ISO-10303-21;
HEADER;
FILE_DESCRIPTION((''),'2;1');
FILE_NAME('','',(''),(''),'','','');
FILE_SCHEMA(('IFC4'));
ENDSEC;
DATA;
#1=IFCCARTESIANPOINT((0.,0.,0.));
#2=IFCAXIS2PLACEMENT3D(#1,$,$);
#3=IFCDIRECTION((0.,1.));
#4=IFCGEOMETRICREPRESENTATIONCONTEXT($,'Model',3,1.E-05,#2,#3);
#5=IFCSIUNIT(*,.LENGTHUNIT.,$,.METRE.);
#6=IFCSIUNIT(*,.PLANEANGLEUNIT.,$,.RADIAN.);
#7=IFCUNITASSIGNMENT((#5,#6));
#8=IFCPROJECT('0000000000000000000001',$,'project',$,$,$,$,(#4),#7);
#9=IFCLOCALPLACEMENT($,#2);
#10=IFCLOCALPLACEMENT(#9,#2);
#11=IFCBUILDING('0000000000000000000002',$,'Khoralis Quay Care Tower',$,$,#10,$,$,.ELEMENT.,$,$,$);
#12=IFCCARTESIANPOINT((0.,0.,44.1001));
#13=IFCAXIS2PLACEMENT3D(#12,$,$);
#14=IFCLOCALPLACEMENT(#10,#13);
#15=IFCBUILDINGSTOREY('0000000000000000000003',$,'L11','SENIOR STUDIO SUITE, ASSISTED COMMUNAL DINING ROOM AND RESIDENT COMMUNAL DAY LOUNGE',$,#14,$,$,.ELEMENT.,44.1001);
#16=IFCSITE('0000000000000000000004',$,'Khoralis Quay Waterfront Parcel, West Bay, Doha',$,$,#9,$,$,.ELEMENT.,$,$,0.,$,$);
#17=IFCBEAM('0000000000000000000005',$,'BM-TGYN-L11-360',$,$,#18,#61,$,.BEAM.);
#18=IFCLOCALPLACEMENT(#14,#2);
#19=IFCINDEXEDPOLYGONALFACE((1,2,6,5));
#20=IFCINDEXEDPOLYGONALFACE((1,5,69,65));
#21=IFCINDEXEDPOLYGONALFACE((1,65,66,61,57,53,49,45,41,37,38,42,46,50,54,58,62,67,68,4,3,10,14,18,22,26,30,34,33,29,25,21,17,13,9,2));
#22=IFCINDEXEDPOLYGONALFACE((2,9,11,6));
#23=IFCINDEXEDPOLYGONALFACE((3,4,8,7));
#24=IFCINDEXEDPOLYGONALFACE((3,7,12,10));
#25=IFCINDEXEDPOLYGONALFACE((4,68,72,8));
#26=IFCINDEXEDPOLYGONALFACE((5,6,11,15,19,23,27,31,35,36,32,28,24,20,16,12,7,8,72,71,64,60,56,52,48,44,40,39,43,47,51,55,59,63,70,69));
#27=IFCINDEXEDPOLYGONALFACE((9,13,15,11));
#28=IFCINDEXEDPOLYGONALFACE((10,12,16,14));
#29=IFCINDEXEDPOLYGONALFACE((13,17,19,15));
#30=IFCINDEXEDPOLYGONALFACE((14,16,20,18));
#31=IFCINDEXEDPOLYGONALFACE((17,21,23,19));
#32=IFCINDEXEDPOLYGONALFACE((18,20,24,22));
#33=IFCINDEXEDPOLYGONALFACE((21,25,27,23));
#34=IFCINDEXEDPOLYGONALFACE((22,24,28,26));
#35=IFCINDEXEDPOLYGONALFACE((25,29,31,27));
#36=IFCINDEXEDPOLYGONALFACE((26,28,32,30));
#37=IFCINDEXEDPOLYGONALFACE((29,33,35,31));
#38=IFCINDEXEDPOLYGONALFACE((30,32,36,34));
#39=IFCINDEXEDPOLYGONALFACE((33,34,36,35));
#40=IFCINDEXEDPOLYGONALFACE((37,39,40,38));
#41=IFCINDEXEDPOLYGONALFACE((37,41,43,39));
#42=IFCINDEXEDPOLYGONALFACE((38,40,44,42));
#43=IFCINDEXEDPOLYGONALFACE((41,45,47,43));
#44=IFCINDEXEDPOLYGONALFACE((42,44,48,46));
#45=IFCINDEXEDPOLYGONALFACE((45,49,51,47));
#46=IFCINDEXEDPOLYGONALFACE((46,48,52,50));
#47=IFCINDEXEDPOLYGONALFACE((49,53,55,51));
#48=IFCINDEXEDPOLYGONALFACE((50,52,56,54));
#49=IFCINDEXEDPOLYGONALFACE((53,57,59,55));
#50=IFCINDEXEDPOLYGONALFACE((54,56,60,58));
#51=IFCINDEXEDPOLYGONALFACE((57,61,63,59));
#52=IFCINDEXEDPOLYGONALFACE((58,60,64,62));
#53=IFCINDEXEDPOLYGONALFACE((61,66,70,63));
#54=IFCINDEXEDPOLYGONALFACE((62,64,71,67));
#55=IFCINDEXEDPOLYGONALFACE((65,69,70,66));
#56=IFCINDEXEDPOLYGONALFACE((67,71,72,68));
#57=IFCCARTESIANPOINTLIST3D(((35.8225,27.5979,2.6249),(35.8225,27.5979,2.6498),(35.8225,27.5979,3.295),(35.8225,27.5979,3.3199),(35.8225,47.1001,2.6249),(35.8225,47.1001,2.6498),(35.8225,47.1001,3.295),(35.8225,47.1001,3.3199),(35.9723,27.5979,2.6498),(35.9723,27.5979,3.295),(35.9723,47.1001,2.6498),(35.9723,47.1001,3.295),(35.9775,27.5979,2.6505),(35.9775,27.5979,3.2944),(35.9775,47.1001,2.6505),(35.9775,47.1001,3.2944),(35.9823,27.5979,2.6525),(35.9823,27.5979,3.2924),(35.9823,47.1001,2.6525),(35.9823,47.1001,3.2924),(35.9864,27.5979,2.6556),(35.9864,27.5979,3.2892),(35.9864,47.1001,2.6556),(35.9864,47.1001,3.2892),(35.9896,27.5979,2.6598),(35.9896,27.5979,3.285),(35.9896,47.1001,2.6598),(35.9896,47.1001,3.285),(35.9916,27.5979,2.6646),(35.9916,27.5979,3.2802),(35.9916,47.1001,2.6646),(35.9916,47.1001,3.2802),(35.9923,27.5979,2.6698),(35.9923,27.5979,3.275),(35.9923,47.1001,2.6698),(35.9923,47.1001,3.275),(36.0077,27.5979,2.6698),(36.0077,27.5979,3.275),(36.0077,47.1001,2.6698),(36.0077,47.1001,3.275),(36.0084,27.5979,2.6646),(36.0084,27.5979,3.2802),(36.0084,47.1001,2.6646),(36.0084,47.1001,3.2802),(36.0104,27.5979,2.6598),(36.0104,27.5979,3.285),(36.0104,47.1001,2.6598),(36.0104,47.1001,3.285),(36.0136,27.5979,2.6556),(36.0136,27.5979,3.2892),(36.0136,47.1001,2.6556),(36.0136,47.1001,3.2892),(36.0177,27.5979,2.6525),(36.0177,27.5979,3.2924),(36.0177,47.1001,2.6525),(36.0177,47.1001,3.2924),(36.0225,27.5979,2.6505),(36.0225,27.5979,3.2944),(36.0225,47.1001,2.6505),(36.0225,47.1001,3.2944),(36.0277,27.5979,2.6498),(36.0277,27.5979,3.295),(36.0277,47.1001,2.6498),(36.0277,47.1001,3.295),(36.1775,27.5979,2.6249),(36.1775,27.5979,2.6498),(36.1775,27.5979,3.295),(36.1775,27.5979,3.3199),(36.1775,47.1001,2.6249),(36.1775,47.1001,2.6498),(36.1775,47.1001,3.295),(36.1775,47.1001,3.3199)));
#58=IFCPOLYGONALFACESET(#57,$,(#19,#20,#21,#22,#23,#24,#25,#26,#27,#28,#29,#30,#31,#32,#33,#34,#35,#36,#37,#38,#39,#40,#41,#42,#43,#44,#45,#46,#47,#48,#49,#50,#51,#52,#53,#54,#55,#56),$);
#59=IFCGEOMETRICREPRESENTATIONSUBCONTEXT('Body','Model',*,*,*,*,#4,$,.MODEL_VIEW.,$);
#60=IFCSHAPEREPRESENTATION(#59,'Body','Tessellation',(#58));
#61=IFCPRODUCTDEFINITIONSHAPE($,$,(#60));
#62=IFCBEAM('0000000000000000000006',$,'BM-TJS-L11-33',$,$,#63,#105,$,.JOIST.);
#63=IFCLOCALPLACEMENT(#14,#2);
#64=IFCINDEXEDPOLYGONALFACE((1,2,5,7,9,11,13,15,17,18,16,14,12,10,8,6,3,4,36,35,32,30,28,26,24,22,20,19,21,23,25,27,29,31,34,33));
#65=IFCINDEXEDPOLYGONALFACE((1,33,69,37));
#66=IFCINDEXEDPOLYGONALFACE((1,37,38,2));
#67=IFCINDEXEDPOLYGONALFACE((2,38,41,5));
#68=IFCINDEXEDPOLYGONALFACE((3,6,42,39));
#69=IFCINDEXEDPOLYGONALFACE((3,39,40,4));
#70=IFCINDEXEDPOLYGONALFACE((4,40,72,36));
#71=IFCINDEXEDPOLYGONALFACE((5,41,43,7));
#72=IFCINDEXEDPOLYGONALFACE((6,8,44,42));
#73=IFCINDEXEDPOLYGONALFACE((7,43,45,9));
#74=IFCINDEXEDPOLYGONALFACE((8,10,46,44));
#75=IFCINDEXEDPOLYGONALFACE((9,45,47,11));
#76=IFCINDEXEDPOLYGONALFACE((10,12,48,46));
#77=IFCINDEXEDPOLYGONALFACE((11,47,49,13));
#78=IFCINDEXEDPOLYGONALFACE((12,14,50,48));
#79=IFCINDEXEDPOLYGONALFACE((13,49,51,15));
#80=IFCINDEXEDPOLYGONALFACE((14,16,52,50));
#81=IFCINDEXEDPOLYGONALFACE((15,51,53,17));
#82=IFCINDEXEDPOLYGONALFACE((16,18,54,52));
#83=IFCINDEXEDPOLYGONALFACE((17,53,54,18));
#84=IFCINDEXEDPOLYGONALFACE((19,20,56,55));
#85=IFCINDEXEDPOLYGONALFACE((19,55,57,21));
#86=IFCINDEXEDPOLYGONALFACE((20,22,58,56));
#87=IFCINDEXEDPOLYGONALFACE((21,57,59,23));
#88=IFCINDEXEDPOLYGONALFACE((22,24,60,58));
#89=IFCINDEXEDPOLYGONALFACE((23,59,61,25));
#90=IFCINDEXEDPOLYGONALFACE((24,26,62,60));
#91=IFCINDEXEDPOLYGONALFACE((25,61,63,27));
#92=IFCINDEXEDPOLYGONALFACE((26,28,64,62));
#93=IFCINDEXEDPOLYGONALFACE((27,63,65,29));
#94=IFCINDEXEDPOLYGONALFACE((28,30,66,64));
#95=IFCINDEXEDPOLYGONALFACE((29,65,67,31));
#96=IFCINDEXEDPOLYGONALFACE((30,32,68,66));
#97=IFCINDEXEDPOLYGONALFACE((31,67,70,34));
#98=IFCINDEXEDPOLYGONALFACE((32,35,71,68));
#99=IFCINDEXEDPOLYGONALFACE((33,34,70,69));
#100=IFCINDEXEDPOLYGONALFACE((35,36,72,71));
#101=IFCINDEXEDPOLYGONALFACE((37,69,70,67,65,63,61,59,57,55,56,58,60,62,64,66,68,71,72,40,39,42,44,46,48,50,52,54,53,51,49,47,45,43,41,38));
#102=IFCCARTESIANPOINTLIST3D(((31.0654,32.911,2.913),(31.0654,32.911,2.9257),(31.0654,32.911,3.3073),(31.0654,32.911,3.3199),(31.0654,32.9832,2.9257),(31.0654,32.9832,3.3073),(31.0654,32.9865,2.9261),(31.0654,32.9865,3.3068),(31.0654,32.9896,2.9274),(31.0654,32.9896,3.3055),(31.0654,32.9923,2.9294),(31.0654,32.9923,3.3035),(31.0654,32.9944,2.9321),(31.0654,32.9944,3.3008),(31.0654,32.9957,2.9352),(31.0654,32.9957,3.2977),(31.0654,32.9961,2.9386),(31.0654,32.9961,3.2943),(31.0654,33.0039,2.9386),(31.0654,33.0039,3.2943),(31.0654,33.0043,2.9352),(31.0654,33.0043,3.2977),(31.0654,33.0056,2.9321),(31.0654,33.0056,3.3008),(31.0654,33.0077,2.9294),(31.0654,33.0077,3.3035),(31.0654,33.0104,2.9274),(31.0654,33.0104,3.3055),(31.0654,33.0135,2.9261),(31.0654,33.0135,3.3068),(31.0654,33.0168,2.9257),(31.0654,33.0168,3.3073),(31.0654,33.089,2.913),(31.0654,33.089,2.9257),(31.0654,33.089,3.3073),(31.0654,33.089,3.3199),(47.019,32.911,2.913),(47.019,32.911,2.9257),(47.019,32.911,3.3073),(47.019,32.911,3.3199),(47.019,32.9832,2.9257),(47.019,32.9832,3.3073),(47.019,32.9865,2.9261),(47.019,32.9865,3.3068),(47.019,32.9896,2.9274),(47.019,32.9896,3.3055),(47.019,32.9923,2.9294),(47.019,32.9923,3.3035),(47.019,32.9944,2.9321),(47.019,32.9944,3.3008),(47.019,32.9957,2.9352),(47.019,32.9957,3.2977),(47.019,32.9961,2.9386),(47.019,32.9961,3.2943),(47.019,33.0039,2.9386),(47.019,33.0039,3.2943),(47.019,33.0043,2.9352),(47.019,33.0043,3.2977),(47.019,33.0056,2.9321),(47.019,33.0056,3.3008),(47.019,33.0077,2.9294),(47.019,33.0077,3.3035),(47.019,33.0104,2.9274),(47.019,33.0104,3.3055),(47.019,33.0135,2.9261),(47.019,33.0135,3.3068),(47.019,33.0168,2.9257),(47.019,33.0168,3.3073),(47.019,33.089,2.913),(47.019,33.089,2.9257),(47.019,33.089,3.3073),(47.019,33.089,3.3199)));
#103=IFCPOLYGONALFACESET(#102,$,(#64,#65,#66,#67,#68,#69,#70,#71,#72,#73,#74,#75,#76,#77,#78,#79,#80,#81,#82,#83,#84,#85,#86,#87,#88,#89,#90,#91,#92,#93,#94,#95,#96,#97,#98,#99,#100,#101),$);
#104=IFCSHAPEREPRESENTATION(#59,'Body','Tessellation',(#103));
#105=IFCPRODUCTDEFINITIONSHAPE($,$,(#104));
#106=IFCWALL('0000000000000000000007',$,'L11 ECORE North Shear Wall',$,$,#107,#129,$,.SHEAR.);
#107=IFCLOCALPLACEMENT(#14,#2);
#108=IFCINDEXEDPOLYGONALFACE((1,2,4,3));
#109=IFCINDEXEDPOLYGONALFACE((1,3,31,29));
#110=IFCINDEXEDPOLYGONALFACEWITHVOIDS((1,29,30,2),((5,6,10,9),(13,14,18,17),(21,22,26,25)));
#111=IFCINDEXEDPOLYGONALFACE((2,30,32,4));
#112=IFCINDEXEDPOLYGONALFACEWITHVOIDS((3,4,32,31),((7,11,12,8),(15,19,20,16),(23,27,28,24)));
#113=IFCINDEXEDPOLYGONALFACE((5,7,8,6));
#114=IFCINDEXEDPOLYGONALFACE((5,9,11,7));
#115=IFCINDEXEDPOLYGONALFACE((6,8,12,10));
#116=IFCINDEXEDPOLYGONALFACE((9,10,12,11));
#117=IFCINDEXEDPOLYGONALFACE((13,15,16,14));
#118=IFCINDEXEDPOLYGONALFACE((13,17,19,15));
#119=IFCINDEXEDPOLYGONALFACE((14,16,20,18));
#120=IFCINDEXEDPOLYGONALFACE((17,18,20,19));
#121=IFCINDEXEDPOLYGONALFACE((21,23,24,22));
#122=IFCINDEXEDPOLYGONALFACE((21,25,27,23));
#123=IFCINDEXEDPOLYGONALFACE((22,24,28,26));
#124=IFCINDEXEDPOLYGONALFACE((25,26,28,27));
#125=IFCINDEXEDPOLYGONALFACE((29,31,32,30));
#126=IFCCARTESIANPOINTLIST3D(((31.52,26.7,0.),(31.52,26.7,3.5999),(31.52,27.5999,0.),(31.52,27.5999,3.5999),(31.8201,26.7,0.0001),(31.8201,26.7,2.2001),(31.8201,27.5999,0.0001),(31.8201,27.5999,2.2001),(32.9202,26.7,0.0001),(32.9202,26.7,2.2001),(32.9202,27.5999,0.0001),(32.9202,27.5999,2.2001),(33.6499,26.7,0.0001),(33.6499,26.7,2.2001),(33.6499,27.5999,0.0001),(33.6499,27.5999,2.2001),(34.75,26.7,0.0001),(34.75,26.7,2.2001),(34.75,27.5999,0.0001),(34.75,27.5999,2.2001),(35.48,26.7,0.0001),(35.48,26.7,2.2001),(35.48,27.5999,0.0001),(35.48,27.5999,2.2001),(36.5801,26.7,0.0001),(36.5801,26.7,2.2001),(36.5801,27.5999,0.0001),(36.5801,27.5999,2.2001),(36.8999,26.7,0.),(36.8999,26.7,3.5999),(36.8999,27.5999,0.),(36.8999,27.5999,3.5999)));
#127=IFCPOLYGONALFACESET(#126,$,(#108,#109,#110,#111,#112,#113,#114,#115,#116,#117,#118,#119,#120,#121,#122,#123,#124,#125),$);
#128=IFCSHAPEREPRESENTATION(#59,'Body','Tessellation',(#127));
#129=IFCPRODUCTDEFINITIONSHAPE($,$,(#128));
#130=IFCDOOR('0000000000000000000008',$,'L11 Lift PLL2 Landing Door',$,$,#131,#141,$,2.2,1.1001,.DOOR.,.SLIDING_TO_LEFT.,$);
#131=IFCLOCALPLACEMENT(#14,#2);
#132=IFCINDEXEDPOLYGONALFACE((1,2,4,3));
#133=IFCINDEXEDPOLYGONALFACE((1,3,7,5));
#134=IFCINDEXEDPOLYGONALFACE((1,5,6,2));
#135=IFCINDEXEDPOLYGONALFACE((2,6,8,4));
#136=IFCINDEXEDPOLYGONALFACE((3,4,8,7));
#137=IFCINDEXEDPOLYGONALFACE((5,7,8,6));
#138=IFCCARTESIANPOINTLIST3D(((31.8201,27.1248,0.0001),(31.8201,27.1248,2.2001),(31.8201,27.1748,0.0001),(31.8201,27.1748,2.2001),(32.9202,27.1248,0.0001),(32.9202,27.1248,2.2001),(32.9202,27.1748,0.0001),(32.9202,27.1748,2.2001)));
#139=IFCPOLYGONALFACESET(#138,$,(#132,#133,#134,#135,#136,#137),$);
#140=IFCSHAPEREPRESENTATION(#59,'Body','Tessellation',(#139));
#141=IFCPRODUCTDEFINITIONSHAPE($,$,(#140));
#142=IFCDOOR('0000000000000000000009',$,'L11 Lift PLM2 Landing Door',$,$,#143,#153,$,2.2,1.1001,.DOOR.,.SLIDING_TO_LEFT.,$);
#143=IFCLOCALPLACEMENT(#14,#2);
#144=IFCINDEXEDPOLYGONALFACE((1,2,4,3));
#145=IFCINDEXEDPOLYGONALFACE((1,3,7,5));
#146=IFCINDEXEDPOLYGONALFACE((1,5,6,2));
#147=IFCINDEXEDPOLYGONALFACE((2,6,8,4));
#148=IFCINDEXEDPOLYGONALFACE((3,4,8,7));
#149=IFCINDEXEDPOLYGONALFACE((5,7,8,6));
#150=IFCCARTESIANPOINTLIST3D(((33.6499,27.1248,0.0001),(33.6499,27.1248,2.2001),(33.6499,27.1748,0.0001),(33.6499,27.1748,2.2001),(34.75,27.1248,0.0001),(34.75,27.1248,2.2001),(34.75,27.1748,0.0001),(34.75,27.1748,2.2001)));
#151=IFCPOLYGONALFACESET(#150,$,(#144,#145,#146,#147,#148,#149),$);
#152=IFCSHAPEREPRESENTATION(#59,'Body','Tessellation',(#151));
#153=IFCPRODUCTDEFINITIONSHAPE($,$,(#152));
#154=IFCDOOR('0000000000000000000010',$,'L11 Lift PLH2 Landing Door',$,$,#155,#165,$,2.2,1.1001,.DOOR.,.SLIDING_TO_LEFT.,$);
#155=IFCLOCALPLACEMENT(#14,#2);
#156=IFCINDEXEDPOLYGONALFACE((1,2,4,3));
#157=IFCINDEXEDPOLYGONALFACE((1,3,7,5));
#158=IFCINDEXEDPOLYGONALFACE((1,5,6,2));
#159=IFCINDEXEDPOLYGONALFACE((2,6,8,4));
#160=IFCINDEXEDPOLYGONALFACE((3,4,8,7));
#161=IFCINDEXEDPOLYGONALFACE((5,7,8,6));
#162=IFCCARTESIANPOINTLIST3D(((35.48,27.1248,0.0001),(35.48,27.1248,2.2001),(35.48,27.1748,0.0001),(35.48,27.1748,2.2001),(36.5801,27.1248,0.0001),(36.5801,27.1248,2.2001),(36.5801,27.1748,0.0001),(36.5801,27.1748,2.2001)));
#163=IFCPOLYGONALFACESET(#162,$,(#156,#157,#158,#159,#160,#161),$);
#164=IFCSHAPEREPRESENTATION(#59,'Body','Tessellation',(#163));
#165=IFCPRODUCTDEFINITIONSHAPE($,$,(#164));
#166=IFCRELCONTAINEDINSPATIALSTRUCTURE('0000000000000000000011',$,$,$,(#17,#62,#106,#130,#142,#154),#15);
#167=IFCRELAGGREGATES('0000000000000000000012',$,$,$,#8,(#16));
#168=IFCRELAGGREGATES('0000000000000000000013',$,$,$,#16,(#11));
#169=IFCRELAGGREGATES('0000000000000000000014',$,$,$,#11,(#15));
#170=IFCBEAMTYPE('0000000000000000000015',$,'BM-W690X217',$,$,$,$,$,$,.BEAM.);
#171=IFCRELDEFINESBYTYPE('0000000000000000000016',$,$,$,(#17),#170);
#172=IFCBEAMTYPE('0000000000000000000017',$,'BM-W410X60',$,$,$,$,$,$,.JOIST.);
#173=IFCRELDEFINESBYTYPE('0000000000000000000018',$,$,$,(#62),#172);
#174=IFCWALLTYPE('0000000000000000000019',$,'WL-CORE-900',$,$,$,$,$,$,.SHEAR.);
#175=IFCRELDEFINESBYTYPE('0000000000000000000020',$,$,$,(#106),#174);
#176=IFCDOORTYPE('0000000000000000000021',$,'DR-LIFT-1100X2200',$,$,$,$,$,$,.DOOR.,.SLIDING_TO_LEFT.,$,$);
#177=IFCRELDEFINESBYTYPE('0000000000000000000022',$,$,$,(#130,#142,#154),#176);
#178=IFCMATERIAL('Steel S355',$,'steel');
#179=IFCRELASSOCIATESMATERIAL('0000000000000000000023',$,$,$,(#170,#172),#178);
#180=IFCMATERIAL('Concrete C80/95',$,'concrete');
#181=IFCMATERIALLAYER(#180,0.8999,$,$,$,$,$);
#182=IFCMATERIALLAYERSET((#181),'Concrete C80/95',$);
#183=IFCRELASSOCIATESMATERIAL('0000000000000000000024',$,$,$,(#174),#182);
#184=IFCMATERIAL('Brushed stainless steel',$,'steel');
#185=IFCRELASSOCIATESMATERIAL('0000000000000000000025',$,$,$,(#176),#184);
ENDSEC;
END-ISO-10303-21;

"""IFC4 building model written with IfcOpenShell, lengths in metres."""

from ifc_helpers import new_model, si_unit, direction, frame, frame_2d, origin, origin_2d, place, context, subcontext, project, spatial, rectangle, i_section, extrude, source, transform, mapped, material, layer, layer_set, material_profile, profile_set, type_object, element, fill, save


model = new_model("IFC4")

# Units and contexts
model_context = context("Model", 3, precision=1e-05, world=origin(), true_north=direction((0.0, 1.0)))
body_context = subcontext(model_context, "Body", "Model", "MODEL_VIEW")
ifc_project = project(units=[si_unit("LENGTHUNIT", "METRE"), si_unit("PLANEANGLEUNIT", "RADIAN")], contexts=[model_context])

# Site, building, storey
site_placement = place(None, origin())
site = spatial("IfcSite", under=ifc_project, at=site_placement, Name="Khoralis Quay Waterfront Parcel, West Bay, Doha", CompositionType="ELEMENT", RefElevation=0.0)
building_placement = place(site_placement, origin())
building = spatial("IfcBuilding", under=site, at=building_placement, Name="Khoralis Quay Care Tower", CompositionType="ELEMENT")
storey_placement = place(building_placement, frame((0.0, 0.0, 44.1001)))
storey = spatial("IfcBuildingStorey", under=building, at=storey_placement, Name="L11", Description="SENIOR STUDIO SUITE, ASSISTED COMMUNAL DINING ROOM AND RESIDENT COMMUNAL DAY LOUNGE", CompositionType="ELEMENT", Elevation=44.1001)

# Shared definitions
ifc_material_1 = material(Name="Concrete C80/95", Category="concrete")

# Beams
ifc_material_2 = material(Name="Steel S355", Category="steel")
ifc_material_profile_1 = material_profile(ifc_material_2, i_section(OverallWidth=0.355, OverallDepth=0.6951, WebThickness=0.0154, FlangeThickness=0.0249, FilletRadius=0.02, at=origin_2d()), Name="Steel S355")
ifc_profile_set_1 = profile_set([ifc_material_profile_1], Name="Steel S355")
beam_type_1 = type_object("IfcBeamType", Name="BM-W690X217", PredefinedType="BEAM", material=ifc_profile_set_1)
shared_shape_1 = source(origin(), body_context, "Body", "SweptSolid", [
    extrude(i_section(OverallWidth=0.355, OverallDepth=0.6951, WebThickness=0.0154, FlangeThickness=0.0249, FilletRadius=0.02, at=origin_2d()), origin(), (0.0, 0.0, 1.0), 19.5022),
])
for number, where, z_axis, x_axis, name in (
    (1, (36.0, 27.5979, 2.9724), (0.0, 1.0, 0.0), (-1.0, 0.0, 0.0), "BM-TGYN-L11-360"),
):
    element("IfcBeam", number, at=place(storey_placement, frame(where, z_axis=z_axis, x_axis=x_axis)), inside=storey, type_object=beam_type_1, Name=name, PredefinedType="BEAM", context=body_context, shape_type="MappedRepresentation", body=[
        mapped(shared_shape_1, transform((0.0, 0.0, 0.0), scale=1.0)),
    ])
ifc_material_profile_2 = material_profile(ifc_material_2, i_section(OverallWidth=0.178, OverallDepth=0.407, WebThickness=0.0078, FlangeThickness=0.0127, FilletRadius=0.0129, at=origin_2d()), Name="Steel S355")
ifc_profile_set_2 = profile_set([ifc_material_profile_2], Name="Steel S355")
beam_type_2 = type_object("IfcBeamType", Name="BM-W410X60", PredefinedType="JOIST", material=ifc_profile_set_2)
shared_shape_2 = source(origin(), body_context, "Body", "SweptSolid", [
    extrude(i_section(OverallWidth=0.178, OverallDepth=0.407, WebThickness=0.0078, FlangeThickness=0.0127, FilletRadius=0.0129, at=origin_2d()), origin(), (0.0, 0.0, 1.0), 15.9536),
])
beam_1_placement = place(storey_placement, frame((31.0654, 33.0, 3.1165), z_axis=(1.0, 0.0, 0.0), x_axis=(0.0, 1.0, 0.0)))
element("IfcBeam", 2, at=beam_1_placement, inside=storey, type_object=beam_type_2, Name="BM-TJS-L11-33", PredefinedType="JOIST", context=body_context, shape_type="MappedRepresentation", body=[
    mapped(shared_shape_2, transform((0.0, 0.0, 0.0), scale=1.0)),
])

# Wall, openings, doors
ifc_layer_1 = layer(ifc_material_1, 0.8999)
ifc_layer_set_1 = layer_set([ifc_layer_1], Name="Concrete C80/95")
wall_type_1 = type_object("IfcWallType", Name="WL-CORE-900", PredefinedType="SHEAR", material=ifc_layer_set_1)
wall_1_placement = place(storey_placement, frame((31.52, 27.1499, 0.0), z_axis=(0.0, 0.0, 1.0), x_axis=(1.0, 0.0, 0.0)))
wall_1 = element("IfcWall", 3, at=wall_1_placement, inside=storey, type_object=wall_type_1, Name="L11 ECORE North Shear Wall", PredefinedType="SHEAR", context=body_context, shape_type="SweptSolid", body=[
    extrude(rectangle(XDim=5.3799, YDim=0.8999, at=frame_2d((2.6899, 0.0))), origin(), (0.0, 0.0, 1.0), 3.5999),
])
opening_1_placement = place(wall_1_placement, frame((0.3, 0.0, 0.0)))
opening_1 = element("IfcOpeningElement", 4, at=opening_1_placement, cuts=wall_1, PredefinedType="OPENING", context=body_context, shape_type="SweptSolid", body=[
    extrude(rectangle(XDim=1.1001, YDim=2.2, at=frame_2d((0.55, 1.1001))), frame((0.0, 0.46, 0.0), z_axis=(0.0, -1.0, 0.0), x_axis=(1.0, 0.0, 0.0)), (0.0, 0.0, 1.0), 0.9199),
])
opening_2_placement = place(wall_1_placement, frame((2.1299, 0.0, 0.0)))
opening_2 = element("IfcOpeningElement", 5, at=opening_2_placement, cuts=wall_1, PredefinedType="OPENING", context=body_context, shape_type="SweptSolid", body=[
    extrude(rectangle(XDim=1.1001, YDim=2.2, at=frame_2d((0.55, 1.1001))), frame((0.0, 0.46, 0.0), z_axis=(0.0, -1.0, 0.0), x_axis=(1.0, 0.0, 0.0)), (0.0, 0.0, 1.0), 0.9199),
])
opening_3_placement = place(wall_1_placement, frame((3.96, 0.0, 0.0)))
opening_3 = element("IfcOpeningElement", 6, at=opening_3_placement, cuts=wall_1, PredefinedType="OPENING", context=body_context, shape_type="SweptSolid", body=[
    extrude(rectangle(XDim=1.1001, YDim=2.2, at=frame_2d((0.55, 1.1001))), frame((0.0, 0.46, 0.0), z_axis=(0.0, -1.0, 0.0), x_axis=(1.0, 0.0, 0.0)), (0.0, 0.0, 1.0), 0.9199),
])
ifc_material_3 = material(Name="Brushed stainless steel", Category="steel")
door_type_1 = type_object("IfcDoorType", Name="DR-LIFT-1100X2200", OperationType="SLIDING_TO_LEFT", PredefinedType="DOOR", material=ifc_material_3)
shared_shape_3 = source(origin(), body_context, "Body", "SweptSolid", [
    extrude(rectangle(XDim=1.1001, YDim=2.2, at=frame_2d((0.55, 1.1001))), frame((0.0, 0.0249, 0.0), z_axis=(0.0, -1.0, 0.0), x_axis=(1.0, 0.0, 0.0)), (0.0, 0.0, 1.0), 0.05),
])
door_1_placement = place(opening_1_placement, origin())
door_1 = element("IfcDoor", 7, at=door_1_placement, inside=storey, type_object=door_type_1, Name="L11 Lift PLL2 Landing Door", OperationType="SLIDING_TO_LEFT", OverallHeight=2.2, OverallWidth=1.1001, PredefinedType="DOOR", context=body_context, shape_type="MappedRepresentation", body=[
    mapped(shared_shape_3, transform((0.0, 0.0, 0.0), scale=1.0)),
])
fill(opening_1, door_1)
door_2_placement = place(opening_2_placement, origin())
door_2 = element("IfcDoor", 8, at=door_2_placement, inside=storey, type_object=door_type_1, Name="L11 Lift PLM2 Landing Door", OperationType="SLIDING_TO_LEFT", OverallHeight=2.2, OverallWidth=1.1001, PredefinedType="DOOR", context=body_context, shape_type="MappedRepresentation", body=[
    mapped(shared_shape_3, transform((0.0, 0.0, 0.0), scale=1.0)),
])
fill(opening_2, door_2)
door_3_placement = place(opening_3_placement, origin())
door_3 = element("IfcDoor", 9, at=door_3_placement, inside=storey, type_object=door_type_1, Name="L11 Lift PLH2 Landing Door", OperationType="SLIDING_TO_LEFT", OverallHeight=2.2, OverallWidth=1.1001, PredefinedType="DOOR", context=body_context, shape_type="MappedRepresentation", body=[
    mapped(shared_shape_3, transform((0.0, 0.0, 0.0), scale=1.0)),
])
fill(opening_3, door_3)

save(model, "model.ifc")
